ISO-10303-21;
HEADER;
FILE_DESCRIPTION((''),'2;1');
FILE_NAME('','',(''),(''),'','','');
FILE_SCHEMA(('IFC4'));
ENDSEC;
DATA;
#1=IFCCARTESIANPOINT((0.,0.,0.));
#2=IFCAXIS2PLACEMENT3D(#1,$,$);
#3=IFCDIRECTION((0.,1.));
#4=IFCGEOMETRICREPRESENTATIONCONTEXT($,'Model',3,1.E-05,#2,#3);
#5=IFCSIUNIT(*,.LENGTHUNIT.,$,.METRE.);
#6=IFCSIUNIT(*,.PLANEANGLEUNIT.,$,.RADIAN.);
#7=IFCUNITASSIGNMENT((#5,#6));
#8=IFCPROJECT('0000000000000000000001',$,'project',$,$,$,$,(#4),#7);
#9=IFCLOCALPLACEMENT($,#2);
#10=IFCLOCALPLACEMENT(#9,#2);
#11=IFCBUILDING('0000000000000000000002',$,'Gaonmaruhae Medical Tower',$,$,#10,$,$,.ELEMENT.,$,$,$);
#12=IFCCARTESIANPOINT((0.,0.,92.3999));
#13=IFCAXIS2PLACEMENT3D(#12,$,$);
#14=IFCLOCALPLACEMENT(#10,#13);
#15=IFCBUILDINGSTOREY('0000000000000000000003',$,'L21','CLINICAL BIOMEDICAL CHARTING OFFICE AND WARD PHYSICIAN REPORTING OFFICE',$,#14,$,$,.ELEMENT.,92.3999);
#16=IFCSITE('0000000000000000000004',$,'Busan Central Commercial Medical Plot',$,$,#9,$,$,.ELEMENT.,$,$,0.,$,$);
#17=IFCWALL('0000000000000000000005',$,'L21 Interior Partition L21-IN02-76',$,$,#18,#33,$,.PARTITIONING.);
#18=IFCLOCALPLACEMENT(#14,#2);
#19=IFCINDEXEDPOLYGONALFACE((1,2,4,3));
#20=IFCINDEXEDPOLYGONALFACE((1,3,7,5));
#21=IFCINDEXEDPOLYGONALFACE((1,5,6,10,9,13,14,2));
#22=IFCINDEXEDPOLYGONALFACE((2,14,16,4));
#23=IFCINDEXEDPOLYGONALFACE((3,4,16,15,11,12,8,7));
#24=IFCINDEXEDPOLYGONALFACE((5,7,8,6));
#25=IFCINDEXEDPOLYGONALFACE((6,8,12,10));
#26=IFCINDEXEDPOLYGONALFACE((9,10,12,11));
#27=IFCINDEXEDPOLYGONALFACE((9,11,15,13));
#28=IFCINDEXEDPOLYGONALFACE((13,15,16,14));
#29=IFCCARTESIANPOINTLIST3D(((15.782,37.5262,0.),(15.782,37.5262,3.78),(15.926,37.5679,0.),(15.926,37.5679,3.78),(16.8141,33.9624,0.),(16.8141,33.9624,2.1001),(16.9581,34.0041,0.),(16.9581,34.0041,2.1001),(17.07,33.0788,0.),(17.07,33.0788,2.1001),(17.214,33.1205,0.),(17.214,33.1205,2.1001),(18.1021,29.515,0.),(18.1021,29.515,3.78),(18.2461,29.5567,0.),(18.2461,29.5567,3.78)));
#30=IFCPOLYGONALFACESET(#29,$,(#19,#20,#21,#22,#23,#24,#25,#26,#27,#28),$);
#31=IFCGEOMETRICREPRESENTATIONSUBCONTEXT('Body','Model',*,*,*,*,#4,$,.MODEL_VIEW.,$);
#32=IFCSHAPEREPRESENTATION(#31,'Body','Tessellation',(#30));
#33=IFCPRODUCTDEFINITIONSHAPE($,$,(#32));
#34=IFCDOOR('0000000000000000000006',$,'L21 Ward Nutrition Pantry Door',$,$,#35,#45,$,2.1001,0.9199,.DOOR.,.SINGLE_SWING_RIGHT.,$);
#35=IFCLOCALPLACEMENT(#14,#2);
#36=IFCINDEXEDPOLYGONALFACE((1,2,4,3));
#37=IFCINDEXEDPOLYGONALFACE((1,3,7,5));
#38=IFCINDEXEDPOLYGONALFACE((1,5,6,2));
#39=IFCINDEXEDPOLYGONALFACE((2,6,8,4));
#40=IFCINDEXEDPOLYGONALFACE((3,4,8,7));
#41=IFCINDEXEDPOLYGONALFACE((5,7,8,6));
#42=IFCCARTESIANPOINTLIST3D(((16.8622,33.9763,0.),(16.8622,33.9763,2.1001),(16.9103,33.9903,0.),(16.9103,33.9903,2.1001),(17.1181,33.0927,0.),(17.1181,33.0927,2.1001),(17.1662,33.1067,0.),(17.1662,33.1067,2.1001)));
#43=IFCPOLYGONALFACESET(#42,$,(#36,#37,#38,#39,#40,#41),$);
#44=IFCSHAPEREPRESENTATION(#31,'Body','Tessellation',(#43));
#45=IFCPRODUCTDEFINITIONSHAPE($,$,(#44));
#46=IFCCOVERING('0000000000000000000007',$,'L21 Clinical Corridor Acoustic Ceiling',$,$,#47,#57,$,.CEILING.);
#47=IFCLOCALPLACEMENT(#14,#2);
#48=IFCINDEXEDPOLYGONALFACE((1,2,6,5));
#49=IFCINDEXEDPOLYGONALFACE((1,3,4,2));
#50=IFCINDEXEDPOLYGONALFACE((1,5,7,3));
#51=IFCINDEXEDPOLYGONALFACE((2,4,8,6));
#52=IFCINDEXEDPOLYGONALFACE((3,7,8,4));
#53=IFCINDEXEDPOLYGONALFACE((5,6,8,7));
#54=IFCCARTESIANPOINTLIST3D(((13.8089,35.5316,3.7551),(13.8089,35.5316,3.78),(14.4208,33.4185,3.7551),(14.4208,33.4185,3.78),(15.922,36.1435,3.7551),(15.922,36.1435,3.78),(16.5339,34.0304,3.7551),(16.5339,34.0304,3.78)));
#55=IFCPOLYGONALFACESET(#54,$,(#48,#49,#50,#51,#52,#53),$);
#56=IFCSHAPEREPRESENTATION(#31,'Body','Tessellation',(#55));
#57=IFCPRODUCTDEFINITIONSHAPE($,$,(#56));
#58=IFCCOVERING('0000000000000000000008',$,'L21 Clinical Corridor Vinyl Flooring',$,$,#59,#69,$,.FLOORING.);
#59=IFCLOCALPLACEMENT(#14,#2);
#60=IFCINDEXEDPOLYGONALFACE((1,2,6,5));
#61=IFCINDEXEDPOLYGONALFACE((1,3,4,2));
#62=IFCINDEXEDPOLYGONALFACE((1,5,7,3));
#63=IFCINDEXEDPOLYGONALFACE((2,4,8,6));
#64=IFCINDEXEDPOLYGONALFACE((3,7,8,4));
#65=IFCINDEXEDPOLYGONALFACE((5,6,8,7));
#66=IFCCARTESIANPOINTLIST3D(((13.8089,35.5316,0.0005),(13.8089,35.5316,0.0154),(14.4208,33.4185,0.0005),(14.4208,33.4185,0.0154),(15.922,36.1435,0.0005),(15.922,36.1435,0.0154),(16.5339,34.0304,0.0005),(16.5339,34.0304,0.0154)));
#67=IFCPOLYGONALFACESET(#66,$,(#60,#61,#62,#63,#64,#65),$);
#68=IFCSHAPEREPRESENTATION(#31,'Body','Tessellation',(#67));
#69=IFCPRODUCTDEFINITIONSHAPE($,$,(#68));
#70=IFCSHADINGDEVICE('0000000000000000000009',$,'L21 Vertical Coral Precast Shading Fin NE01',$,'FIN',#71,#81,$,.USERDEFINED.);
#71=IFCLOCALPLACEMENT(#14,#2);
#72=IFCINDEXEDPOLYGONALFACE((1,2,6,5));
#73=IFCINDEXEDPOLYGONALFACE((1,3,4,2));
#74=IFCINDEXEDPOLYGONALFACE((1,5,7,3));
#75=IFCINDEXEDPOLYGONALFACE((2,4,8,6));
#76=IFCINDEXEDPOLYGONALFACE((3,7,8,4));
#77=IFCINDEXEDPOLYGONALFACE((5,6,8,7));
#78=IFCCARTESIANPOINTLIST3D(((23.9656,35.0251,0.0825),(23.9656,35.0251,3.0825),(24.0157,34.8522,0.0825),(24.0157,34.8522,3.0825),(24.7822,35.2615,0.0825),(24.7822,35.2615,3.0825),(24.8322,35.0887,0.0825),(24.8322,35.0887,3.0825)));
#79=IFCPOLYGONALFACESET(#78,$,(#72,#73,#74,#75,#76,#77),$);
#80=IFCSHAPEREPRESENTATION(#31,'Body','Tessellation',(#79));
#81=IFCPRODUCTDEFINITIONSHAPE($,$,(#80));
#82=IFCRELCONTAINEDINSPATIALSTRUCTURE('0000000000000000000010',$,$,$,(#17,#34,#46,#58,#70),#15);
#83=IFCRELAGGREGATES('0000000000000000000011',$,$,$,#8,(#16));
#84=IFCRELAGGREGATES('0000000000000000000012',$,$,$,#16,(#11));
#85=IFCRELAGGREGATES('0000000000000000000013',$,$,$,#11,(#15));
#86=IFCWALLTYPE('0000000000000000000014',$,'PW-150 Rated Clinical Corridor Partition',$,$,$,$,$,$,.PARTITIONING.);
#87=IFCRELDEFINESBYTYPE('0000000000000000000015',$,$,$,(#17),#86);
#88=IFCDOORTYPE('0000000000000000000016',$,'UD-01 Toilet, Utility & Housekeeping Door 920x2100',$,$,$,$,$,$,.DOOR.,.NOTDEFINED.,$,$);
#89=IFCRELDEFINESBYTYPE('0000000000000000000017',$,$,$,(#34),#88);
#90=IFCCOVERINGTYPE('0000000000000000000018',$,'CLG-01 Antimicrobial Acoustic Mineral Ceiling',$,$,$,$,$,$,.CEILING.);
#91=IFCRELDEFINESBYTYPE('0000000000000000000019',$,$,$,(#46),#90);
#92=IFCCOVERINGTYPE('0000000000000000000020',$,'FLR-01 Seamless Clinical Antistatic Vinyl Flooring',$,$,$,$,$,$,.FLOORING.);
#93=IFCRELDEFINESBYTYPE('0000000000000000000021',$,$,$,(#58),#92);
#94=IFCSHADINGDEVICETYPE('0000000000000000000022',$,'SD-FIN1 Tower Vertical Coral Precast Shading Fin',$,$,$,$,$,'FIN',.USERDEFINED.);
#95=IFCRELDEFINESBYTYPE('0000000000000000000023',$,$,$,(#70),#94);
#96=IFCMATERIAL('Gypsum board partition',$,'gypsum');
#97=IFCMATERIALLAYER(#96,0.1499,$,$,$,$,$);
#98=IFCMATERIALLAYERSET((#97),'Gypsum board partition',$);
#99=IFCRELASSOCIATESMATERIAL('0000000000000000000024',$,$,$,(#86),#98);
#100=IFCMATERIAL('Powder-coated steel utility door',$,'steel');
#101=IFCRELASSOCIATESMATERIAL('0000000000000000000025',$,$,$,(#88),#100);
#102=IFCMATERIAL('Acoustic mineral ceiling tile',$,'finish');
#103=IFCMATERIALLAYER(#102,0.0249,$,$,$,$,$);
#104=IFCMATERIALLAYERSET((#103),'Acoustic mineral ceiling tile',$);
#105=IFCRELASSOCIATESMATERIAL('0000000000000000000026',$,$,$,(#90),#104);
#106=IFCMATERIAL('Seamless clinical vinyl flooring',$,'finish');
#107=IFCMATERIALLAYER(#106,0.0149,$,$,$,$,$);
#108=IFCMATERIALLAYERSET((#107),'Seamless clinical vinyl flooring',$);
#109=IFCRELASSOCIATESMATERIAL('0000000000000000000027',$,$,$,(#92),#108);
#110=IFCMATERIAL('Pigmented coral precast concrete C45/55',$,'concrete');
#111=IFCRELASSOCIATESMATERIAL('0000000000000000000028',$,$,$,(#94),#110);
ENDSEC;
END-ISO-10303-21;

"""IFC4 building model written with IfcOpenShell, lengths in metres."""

from ifc_helpers import new_model, si_unit, direction, frame, frame_2d, origin, origin_2d, place, context, subcontext, project, spatial, rectangle, extrude, material, layer, layer_set, type_object, element, fill, save


model = new_model("IFC4")

# Units and contexts
model_context = context("Model", 3, precision=1e-05, world=origin(), true_north=direction((0.0, 1.0)))
body_context = subcontext(model_context, "Body", "Model", "MODEL_VIEW")
ifc_project = project(units=[si_unit("LENGTHUNIT", "METRE"), si_unit("PLANEANGLEUNIT", "RADIAN")], contexts=[model_context])

# Site, building, storey
site_placement = place(None, origin())
site = spatial("IfcSite", under=ifc_project, at=site_placement, Name="Busan Central Commercial Medical Plot", CompositionType="ELEMENT", RefElevation=0.0)
building_placement = place(site_placement, origin())
building = spatial("IfcBuilding", under=site, at=building_placement, Name="Gaonmaruhae Medical Tower", CompositionType="ELEMENT")
storey_placement = place(building_placement, frame((0.0, 0.0, 92.3999)))
storey = spatial("IfcBuildingStorey", under=building, at=storey_placement, Name="L21", Description="CLINICAL BIOMEDICAL CHARTING OFFICE AND WARD PHYSICIAN REPORTING OFFICE", CompositionType="ELEMENT", Elevation=92.3999)

# Shared definitions
ifc_material_1 = material(Name="Gypsum board partition", Category="gypsum")
ifc_layer_1 = layer(ifc_material_1, 0.1499)
ifc_layer_set_1 = layer_set([ifc_layer_1], Name="Gypsum board partition")
wall_type_1 = type_object("IfcWallType", Name="PW-150 Rated Clinical Corridor Partition", PredefinedType="PARTITIONING", material=ifc_layer_set_1)

# Wall, opening, door
wall_1_placement = place(storey_placement, frame((18.1741, 29.5359, 0.0), z_axis=(0.0, 0.0, 1.0), x_axis=(-0.278172, 0.960531, 0.0)))
wall_1 = element("IfcWall", 1, at=wall_1_placement, inside=storey, type_object=wall_type_1, Name="L21 Interior Partition L21-IN02-76", PredefinedType="PARTITIONING", context=body_context, shape_type="SweptSolid", body=[
    extrude(rectangle(XDim=8.3403, YDim=0.1499, at=frame_2d((4.1702, 0.0))), origin(), (0.0, 0.0, 1.0), 3.78),
])
opening_1_placement = place(wall_1_placement, frame((3.7102, 0.0, 0.0)))
opening_1 = element("IfcOpeningElement", 2, at=opening_1_placement, cuts=wall_1, PredefinedType="OPENING", context=body_context, shape_type="SweptSolid", body=[
    extrude(rectangle(XDim=0.9199, YDim=2.1001, at=frame_2d((0.46, 1.05))), frame((0.0, 0.085, 0.0), z_axis=(0.0, -1.0, 0.0), x_axis=(1.0, 0.0, 0.0)), (0.0, 0.0, 1.0), 0.1699),
])
ifc_material_2 = material(Name="Powder-coated steel utility door", Category="steel")
door_type_1 = type_object("IfcDoorType", Name="UD-01 Toilet, Utility & Housekeeping Door 920x2100", OperationType="NOTDEFINED", PredefinedType="DOOR", material=ifc_material_2)
door_1_placement = place(opening_1_placement, origin())
door_1 = element("IfcDoor", 3, at=door_1_placement, inside=storey, type_object=door_type_1, Name="L21 Ward Nutrition Pantry Door", OperationType="SINGLE_SWING_RIGHT", OverallHeight=2.1001, OverallWidth=0.9199, PredefinedType="DOOR", context=body_context, shape_type="SweptSolid", body=[
    extrude(rectangle(XDim=0.9199, YDim=2.1001, at=frame_2d((0.46, 1.05))), frame((0.0, 0.0249, 0.0), z_axis=(0.0, -1.0, 0.0), x_axis=(1.0, 0.0, 0.0)), (0.0, 0.0, 1.0), 0.05),
])
fill(opening_1, door_1)

# Coverings
ifc_material_3 = material(Name="Acoustic mineral ceiling tile", Category="finish")
ifc_layer_2 = layer(ifc_material_3, 0.0249)
ifc_layer_set_2 = layer_set([ifc_layer_2], Name="Acoustic mineral ceiling tile")
covering_type_1 = type_object("IfcCoveringType", Name="CLG-01 Antimicrobial Acoustic Mineral Ceiling", PredefinedType="CEILING", material=ifc_layer_set_2)
covering_1_placement = place(storey_placement, frame((15.1714, 34.781, 3.7551), z_axis=(0.0, 0.0, 1.0), x_axis=(0.960537, 0.278153, 0.0)))
element("IfcCovering", 4, at=covering_1_placement, inside=storey, type_object=covering_type_1, Name="L21 Clinical Corridor Acoustic Ceiling", PredefinedType="CEILING", context=body_context, shape_type="SweptSolid", body=[
    extrude(rectangle(XDim=2.2, YDim=2.2, at=origin_2d()), origin(), (0.0, 0.0, 1.0), 0.0249),
])
ifc_material_4 = material(Name="Seamless clinical vinyl flooring", Category="finish")
ifc_layer_3 = layer(ifc_material_4, 0.0149)
ifc_layer_set_3 = layer_set([ifc_layer_3], Name="Seamless clinical vinyl flooring")
covering_type_2 = type_object("IfcCoveringType", Name="FLR-01 Seamless Clinical Antistatic Vinyl Flooring", PredefinedType="FLOORING", material=ifc_layer_set_3)
covering_2_placement = place(storey_placement, frame((15.1714, 34.781, 0.0005), z_axis=(0.0, 0.0, 1.0), x_axis=(0.960537, 0.278153, 0.0)))
element("IfcCovering", 5, at=covering_2_placement, inside=storey, type_object=covering_type_2, Name="L21 Clinical Corridor Vinyl Flooring", PredefinedType="FLOORING", context=body_context, shape_type="SweptSolid", body=[
    extrude(rectangle(XDim=2.2, YDim=2.2, at=origin_2d()), origin(), (0.0, 0.0, 1.0), 0.0149),
])

# Shading device
ifc_material_5 = material(Name="Pigmented coral precast concrete C45/55", Category="concrete")
shading_device_type = type_object("IfcShadingDeviceType", Name="SD-FIN1 Tower Vertical Coral Precast Shading Fin", ElementType="FIN", PredefinedType="USERDEFINED", material=ifc_material_5)
shading_device_placement = place(storey_placement, frame((24.3989, 35.0569, 0.0825), z_axis=(0.0, 0.0, 1.0), x_axis=(0.278153, -0.960537, 0.0)))
element("IfcShadingDevice", 6, at=shading_device_placement, inside=storey, type_object=shading_device_type, Name="L21 Vertical Coral Precast Shading Fin NE01", ObjectType="FIN", PredefinedType="USERDEFINED", context=body_context, shape_type="SweptSolid", body=[
    extrude(rectangle(XDim=0.1799, YDim=0.8501, at=origin_2d()), origin(), (0.0, 0.0, 1.0), 3.0),
])

save(model, "model.ifc")
